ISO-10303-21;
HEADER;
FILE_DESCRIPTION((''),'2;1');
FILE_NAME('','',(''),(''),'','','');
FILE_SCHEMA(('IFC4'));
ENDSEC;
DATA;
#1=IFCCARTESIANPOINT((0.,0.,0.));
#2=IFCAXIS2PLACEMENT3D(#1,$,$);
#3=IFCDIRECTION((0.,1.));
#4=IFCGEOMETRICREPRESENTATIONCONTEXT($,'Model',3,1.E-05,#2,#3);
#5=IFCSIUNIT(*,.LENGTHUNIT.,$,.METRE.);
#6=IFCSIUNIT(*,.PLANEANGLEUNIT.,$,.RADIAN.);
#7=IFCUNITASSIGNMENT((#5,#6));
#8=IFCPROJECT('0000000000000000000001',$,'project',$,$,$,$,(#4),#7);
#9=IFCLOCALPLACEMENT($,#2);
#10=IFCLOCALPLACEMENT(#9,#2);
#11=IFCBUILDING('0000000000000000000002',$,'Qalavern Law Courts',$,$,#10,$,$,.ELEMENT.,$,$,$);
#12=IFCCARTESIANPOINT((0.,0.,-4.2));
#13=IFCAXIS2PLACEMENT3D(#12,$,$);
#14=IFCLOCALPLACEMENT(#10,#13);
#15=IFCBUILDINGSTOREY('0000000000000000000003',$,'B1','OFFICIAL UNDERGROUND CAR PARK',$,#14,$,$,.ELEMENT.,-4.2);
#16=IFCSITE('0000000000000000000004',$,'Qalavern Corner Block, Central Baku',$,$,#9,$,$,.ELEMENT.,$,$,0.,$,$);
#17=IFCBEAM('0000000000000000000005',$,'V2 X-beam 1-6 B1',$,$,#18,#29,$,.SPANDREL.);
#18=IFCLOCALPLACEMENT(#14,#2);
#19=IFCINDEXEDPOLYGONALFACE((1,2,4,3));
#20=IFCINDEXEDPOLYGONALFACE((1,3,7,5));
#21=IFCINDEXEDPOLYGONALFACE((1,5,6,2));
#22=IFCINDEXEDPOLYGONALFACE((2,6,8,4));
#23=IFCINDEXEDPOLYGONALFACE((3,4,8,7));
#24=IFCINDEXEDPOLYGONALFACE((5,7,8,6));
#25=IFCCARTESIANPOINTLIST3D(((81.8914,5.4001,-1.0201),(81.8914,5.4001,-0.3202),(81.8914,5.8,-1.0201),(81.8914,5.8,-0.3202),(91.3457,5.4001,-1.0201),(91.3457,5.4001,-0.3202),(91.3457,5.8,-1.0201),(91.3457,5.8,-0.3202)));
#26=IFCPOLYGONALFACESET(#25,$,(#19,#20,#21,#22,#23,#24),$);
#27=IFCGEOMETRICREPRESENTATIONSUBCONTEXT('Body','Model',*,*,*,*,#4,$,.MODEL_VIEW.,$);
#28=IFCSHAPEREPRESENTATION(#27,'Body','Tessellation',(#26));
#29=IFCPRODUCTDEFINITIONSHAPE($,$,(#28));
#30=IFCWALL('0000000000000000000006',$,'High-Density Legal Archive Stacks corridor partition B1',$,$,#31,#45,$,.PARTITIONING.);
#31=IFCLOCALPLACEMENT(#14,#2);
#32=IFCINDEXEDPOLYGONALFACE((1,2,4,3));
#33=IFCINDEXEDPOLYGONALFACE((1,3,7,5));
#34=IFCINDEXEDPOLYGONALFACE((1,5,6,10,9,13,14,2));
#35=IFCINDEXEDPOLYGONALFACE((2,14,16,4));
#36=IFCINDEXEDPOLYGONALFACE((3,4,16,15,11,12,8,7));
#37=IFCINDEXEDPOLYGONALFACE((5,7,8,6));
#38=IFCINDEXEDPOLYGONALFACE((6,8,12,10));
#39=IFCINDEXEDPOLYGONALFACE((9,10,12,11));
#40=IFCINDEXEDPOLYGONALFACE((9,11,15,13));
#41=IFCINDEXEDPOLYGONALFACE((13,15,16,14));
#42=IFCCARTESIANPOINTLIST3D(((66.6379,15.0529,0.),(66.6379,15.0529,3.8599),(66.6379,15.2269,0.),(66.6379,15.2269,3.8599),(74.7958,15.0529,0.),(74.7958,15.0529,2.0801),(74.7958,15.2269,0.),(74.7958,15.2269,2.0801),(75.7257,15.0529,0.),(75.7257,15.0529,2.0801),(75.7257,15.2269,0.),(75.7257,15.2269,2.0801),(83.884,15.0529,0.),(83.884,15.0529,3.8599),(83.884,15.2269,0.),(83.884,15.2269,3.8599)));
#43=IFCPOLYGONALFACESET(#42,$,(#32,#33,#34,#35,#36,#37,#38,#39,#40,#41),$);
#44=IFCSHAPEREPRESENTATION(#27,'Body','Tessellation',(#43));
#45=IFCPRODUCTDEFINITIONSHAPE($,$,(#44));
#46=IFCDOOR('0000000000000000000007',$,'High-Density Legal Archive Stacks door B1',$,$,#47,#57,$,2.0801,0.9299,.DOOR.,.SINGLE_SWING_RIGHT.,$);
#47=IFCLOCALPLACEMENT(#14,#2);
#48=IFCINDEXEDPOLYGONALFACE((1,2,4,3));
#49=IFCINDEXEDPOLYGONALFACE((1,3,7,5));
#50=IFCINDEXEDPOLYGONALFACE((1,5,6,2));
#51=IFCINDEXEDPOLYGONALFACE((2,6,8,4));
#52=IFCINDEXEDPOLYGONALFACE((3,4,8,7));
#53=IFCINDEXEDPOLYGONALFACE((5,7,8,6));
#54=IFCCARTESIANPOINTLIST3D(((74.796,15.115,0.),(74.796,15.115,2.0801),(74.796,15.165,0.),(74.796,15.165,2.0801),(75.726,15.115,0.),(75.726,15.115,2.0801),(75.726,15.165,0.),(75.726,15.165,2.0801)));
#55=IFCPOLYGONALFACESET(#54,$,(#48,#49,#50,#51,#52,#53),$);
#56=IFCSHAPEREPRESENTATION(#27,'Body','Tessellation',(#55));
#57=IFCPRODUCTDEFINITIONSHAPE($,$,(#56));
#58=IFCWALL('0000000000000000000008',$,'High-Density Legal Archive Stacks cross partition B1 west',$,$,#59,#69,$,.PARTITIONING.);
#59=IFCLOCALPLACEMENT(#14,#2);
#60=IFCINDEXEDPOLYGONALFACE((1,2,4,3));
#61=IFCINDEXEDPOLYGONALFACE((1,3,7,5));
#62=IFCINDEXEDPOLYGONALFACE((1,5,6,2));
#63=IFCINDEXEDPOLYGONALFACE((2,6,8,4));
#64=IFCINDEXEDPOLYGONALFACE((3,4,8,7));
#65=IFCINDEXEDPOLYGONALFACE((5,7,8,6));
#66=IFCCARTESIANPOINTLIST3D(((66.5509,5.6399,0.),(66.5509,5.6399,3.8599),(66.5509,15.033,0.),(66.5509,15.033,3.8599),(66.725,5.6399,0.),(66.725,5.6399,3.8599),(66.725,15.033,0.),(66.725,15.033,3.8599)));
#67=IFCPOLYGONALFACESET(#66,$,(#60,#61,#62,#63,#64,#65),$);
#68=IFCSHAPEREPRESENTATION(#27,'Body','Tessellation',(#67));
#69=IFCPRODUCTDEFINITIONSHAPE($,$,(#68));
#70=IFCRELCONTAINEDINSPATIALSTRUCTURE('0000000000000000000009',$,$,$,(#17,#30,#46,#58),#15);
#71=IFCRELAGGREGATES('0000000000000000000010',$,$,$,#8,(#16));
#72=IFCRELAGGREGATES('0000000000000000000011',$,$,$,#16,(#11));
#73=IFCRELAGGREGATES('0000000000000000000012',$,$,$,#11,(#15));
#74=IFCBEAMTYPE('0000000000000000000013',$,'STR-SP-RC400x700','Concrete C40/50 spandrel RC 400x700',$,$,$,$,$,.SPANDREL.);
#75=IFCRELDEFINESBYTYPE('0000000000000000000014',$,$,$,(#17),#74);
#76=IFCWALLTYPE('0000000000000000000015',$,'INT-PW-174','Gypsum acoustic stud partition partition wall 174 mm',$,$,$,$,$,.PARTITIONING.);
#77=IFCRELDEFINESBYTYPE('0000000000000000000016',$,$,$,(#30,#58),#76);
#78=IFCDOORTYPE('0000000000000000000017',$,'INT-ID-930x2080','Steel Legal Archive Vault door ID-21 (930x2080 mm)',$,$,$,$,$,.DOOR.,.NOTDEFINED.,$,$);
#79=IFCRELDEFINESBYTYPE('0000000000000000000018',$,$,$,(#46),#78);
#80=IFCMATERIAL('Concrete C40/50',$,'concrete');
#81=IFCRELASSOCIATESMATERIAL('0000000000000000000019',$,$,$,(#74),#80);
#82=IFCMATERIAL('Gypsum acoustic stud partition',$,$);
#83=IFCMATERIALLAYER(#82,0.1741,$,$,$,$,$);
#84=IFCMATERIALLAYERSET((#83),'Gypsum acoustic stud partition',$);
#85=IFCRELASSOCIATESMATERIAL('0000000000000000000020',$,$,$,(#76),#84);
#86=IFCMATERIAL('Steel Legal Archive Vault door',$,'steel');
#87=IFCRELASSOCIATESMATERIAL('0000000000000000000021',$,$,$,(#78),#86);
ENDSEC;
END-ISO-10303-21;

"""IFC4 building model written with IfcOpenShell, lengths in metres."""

from ifc_helpers import new_model, si_unit, direction, frame, frame_2d, origin, origin_2d, place, context, subcontext, project, spatial, rectangle, extrude, material, layer, layer_set, material_profile, profile_set, type_object, element, fill, save


model = new_model("IFC4")

# Units and contexts
model_context = context("Model", 3, precision=1e-05, world=origin(), true_north=direction((0.0, 1.0)))
body_context = subcontext(model_context, "Body", "Model", "MODEL_VIEW")
ifc_project = project(units=[si_unit("LENGTHUNIT", "METRE"), si_unit("PLANEANGLEUNIT", "RADIAN")], contexts=[model_context])

# Site, building, storey
site_placement = place(None, origin())
site = spatial("IfcSite", under=ifc_project, at=site_placement, Name="Qalavern Corner Block, Central Baku", CompositionType="ELEMENT", RefElevation=0.0)
building_placement = place(site_placement, origin())
building = spatial("IfcBuilding", under=site, at=building_placement, Name="Qalavern Law Courts", CompositionType="ELEMENT")
storey_placement = place(building_placement, frame((0.0, 0.0, -4.2)))
storey = spatial("IfcBuildingStorey", under=building, at=storey_placement, Name="B1", Description="OFFICIAL UNDERGROUND CAR PARK", CompositionType="ELEMENT", Elevation=-4.2)

# Beam
ifc_material_1 = material(Name="Concrete C40/50", Category="concrete")
ifc_material_profile_1 = material_profile(ifc_material_1, rectangle(XDim=0.3999, YDim=0.7, at=origin_2d()), Name="RC 400x700")
ifc_profile_set_1 = profile_set([ifc_material_profile_1], Name="Concrete C40/50")
beam_type_1 = type_object("IfcBeamType", Name="STR-SP-RC400x700", Description="Concrete C40/50 spandrel RC 400x700", PredefinedType="SPANDREL", material=ifc_profile_set_1)
for number, where, z_axis, x_axis, name in (
    (1, (81.8914, 5.6001, -0.6702), (1.0, 0.0, 0.0), (0.0, 1.0, 0.0), "V2 X-beam 1-6 B1"),
):
    element("IfcBeam", number, at=place(storey_placement, frame(where, z_axis=z_axis, x_axis=x_axis)), inside=storey, type_object=beam_type_1, Name=name, PredefinedType="SPANDREL", context=body_context, shape_type="SweptSolid", body=[
        extrude(rectangle(XDim=0.3999, YDim=0.7, at=origin_2d()), origin(), (0.0, 0.0, 1.0), 9.4543),
    ])

# Wall, opening, door
ifc_material_2 = material(Name="Gypsum acoustic stud partition")
ifc_layer = layer(ifc_material_2, 0.1741)
ifc_layer_set = layer_set([ifc_layer], Name="Gypsum acoustic stud partition")
wall_type = type_object("IfcWallType", Name="INT-PW-174", Description="Gypsum acoustic stud partition partition wall 174 mm", PredefinedType="PARTITIONING", material=ifc_layer_set)
wall_1_placement = place(storey_placement, frame((66.6379, 15.1399, 0.0), z_axis=(0.0, 0.0, 1.0), x_axis=(1.0, 0.0, 0.0)))
wall_1 = element("IfcWall", 2, at=wall_1_placement, inside=storey, type_object=wall_type, Name="High-Density Legal Archive Stacks corridor partition B1", PredefinedType="PARTITIONING", context=body_context, shape_type="SweptSolid", body=[
    extrude(rectangle(XDim=17.2461, YDim=0.1741, at=frame_2d((8.623, 0.0))), origin(), (0.0, 0.0, 1.0), 3.8599),
])
opening_placement = place(wall_1_placement, frame((8.158, 0.0, 0.0)))
opening = element("IfcOpeningElement", 3, at=opening_placement, cuts=wall_1, PredefinedType="OPENING", context=body_context, shape_type="SweptSolid", body=[
    extrude(rectangle(XDim=0.9299, YDim=2.0801, at=frame_2d((0.4648, 1.04))), frame((0.0, 0.1021, 0.0), z_axis=(0.0, -1.0, 0.0), x_axis=(1.0, 0.0, 0.0)), (0.0, 0.0, 1.0), 0.2039),
])
ifc_material_3 = material(Name="Steel Legal Archive Vault door", Category="steel")
door_type = type_object("IfcDoorType", Name="INT-ID-930x2080", Description="Steel Legal Archive Vault door ID-21 (930x2080 mm)", OperationType="NOTDEFINED", PredefinedType="DOOR", material=ifc_material_3)
door_placement = place(opening_placement, frame((0.9299, 0.0, 0.0), z_axis=(0.0, 0.0, 1.0), x_axis=(-1.0, 0.0, 0.0)))
door = element("IfcDoor", 4, at=door_placement, inside=storey, type_object=door_type, Name="High-Density Legal Archive Stacks door B1", OperationType="SINGLE_SWING_RIGHT", OverallHeight=2.0801, OverallWidth=0.9299, PredefinedType="DOOR", context=body_context, shape_type="SweptSolid", body=[
    extrude(rectangle(XDim=0.9299, YDim=2.0801, at=frame_2d((0.4648, 1.04))), frame((0.0, 0.0249, 0.0), z_axis=(0.0, -1.0, 0.0), x_axis=(1.0, 0.0, 0.0)), (0.0, 0.0, 1.0), 0.05),
])
fill(opening, door)

# Wall
wall_2_placement = place(storey_placement, frame((66.6379, 5.6399, 0.0), z_axis=(0.0, 0.0, 1.0), x_axis=(0.0, 1.0, 0.0)))
element("IfcWall", 5, at=wall_2_placement, inside=storey, type_object=wall_type, Name="High-Density Legal Archive Stacks cross partition B1 west", PredefinedType="PARTITIONING", context=body_context, shape_type="SweptSolid", body=[
    extrude(rectangle(XDim=9.3931, YDim=0.1741, at=frame_2d((4.6965, 0.0))), origin(), (0.0, 0.0, 1.0), 3.8599),
])

save(model, "model.ifc")
